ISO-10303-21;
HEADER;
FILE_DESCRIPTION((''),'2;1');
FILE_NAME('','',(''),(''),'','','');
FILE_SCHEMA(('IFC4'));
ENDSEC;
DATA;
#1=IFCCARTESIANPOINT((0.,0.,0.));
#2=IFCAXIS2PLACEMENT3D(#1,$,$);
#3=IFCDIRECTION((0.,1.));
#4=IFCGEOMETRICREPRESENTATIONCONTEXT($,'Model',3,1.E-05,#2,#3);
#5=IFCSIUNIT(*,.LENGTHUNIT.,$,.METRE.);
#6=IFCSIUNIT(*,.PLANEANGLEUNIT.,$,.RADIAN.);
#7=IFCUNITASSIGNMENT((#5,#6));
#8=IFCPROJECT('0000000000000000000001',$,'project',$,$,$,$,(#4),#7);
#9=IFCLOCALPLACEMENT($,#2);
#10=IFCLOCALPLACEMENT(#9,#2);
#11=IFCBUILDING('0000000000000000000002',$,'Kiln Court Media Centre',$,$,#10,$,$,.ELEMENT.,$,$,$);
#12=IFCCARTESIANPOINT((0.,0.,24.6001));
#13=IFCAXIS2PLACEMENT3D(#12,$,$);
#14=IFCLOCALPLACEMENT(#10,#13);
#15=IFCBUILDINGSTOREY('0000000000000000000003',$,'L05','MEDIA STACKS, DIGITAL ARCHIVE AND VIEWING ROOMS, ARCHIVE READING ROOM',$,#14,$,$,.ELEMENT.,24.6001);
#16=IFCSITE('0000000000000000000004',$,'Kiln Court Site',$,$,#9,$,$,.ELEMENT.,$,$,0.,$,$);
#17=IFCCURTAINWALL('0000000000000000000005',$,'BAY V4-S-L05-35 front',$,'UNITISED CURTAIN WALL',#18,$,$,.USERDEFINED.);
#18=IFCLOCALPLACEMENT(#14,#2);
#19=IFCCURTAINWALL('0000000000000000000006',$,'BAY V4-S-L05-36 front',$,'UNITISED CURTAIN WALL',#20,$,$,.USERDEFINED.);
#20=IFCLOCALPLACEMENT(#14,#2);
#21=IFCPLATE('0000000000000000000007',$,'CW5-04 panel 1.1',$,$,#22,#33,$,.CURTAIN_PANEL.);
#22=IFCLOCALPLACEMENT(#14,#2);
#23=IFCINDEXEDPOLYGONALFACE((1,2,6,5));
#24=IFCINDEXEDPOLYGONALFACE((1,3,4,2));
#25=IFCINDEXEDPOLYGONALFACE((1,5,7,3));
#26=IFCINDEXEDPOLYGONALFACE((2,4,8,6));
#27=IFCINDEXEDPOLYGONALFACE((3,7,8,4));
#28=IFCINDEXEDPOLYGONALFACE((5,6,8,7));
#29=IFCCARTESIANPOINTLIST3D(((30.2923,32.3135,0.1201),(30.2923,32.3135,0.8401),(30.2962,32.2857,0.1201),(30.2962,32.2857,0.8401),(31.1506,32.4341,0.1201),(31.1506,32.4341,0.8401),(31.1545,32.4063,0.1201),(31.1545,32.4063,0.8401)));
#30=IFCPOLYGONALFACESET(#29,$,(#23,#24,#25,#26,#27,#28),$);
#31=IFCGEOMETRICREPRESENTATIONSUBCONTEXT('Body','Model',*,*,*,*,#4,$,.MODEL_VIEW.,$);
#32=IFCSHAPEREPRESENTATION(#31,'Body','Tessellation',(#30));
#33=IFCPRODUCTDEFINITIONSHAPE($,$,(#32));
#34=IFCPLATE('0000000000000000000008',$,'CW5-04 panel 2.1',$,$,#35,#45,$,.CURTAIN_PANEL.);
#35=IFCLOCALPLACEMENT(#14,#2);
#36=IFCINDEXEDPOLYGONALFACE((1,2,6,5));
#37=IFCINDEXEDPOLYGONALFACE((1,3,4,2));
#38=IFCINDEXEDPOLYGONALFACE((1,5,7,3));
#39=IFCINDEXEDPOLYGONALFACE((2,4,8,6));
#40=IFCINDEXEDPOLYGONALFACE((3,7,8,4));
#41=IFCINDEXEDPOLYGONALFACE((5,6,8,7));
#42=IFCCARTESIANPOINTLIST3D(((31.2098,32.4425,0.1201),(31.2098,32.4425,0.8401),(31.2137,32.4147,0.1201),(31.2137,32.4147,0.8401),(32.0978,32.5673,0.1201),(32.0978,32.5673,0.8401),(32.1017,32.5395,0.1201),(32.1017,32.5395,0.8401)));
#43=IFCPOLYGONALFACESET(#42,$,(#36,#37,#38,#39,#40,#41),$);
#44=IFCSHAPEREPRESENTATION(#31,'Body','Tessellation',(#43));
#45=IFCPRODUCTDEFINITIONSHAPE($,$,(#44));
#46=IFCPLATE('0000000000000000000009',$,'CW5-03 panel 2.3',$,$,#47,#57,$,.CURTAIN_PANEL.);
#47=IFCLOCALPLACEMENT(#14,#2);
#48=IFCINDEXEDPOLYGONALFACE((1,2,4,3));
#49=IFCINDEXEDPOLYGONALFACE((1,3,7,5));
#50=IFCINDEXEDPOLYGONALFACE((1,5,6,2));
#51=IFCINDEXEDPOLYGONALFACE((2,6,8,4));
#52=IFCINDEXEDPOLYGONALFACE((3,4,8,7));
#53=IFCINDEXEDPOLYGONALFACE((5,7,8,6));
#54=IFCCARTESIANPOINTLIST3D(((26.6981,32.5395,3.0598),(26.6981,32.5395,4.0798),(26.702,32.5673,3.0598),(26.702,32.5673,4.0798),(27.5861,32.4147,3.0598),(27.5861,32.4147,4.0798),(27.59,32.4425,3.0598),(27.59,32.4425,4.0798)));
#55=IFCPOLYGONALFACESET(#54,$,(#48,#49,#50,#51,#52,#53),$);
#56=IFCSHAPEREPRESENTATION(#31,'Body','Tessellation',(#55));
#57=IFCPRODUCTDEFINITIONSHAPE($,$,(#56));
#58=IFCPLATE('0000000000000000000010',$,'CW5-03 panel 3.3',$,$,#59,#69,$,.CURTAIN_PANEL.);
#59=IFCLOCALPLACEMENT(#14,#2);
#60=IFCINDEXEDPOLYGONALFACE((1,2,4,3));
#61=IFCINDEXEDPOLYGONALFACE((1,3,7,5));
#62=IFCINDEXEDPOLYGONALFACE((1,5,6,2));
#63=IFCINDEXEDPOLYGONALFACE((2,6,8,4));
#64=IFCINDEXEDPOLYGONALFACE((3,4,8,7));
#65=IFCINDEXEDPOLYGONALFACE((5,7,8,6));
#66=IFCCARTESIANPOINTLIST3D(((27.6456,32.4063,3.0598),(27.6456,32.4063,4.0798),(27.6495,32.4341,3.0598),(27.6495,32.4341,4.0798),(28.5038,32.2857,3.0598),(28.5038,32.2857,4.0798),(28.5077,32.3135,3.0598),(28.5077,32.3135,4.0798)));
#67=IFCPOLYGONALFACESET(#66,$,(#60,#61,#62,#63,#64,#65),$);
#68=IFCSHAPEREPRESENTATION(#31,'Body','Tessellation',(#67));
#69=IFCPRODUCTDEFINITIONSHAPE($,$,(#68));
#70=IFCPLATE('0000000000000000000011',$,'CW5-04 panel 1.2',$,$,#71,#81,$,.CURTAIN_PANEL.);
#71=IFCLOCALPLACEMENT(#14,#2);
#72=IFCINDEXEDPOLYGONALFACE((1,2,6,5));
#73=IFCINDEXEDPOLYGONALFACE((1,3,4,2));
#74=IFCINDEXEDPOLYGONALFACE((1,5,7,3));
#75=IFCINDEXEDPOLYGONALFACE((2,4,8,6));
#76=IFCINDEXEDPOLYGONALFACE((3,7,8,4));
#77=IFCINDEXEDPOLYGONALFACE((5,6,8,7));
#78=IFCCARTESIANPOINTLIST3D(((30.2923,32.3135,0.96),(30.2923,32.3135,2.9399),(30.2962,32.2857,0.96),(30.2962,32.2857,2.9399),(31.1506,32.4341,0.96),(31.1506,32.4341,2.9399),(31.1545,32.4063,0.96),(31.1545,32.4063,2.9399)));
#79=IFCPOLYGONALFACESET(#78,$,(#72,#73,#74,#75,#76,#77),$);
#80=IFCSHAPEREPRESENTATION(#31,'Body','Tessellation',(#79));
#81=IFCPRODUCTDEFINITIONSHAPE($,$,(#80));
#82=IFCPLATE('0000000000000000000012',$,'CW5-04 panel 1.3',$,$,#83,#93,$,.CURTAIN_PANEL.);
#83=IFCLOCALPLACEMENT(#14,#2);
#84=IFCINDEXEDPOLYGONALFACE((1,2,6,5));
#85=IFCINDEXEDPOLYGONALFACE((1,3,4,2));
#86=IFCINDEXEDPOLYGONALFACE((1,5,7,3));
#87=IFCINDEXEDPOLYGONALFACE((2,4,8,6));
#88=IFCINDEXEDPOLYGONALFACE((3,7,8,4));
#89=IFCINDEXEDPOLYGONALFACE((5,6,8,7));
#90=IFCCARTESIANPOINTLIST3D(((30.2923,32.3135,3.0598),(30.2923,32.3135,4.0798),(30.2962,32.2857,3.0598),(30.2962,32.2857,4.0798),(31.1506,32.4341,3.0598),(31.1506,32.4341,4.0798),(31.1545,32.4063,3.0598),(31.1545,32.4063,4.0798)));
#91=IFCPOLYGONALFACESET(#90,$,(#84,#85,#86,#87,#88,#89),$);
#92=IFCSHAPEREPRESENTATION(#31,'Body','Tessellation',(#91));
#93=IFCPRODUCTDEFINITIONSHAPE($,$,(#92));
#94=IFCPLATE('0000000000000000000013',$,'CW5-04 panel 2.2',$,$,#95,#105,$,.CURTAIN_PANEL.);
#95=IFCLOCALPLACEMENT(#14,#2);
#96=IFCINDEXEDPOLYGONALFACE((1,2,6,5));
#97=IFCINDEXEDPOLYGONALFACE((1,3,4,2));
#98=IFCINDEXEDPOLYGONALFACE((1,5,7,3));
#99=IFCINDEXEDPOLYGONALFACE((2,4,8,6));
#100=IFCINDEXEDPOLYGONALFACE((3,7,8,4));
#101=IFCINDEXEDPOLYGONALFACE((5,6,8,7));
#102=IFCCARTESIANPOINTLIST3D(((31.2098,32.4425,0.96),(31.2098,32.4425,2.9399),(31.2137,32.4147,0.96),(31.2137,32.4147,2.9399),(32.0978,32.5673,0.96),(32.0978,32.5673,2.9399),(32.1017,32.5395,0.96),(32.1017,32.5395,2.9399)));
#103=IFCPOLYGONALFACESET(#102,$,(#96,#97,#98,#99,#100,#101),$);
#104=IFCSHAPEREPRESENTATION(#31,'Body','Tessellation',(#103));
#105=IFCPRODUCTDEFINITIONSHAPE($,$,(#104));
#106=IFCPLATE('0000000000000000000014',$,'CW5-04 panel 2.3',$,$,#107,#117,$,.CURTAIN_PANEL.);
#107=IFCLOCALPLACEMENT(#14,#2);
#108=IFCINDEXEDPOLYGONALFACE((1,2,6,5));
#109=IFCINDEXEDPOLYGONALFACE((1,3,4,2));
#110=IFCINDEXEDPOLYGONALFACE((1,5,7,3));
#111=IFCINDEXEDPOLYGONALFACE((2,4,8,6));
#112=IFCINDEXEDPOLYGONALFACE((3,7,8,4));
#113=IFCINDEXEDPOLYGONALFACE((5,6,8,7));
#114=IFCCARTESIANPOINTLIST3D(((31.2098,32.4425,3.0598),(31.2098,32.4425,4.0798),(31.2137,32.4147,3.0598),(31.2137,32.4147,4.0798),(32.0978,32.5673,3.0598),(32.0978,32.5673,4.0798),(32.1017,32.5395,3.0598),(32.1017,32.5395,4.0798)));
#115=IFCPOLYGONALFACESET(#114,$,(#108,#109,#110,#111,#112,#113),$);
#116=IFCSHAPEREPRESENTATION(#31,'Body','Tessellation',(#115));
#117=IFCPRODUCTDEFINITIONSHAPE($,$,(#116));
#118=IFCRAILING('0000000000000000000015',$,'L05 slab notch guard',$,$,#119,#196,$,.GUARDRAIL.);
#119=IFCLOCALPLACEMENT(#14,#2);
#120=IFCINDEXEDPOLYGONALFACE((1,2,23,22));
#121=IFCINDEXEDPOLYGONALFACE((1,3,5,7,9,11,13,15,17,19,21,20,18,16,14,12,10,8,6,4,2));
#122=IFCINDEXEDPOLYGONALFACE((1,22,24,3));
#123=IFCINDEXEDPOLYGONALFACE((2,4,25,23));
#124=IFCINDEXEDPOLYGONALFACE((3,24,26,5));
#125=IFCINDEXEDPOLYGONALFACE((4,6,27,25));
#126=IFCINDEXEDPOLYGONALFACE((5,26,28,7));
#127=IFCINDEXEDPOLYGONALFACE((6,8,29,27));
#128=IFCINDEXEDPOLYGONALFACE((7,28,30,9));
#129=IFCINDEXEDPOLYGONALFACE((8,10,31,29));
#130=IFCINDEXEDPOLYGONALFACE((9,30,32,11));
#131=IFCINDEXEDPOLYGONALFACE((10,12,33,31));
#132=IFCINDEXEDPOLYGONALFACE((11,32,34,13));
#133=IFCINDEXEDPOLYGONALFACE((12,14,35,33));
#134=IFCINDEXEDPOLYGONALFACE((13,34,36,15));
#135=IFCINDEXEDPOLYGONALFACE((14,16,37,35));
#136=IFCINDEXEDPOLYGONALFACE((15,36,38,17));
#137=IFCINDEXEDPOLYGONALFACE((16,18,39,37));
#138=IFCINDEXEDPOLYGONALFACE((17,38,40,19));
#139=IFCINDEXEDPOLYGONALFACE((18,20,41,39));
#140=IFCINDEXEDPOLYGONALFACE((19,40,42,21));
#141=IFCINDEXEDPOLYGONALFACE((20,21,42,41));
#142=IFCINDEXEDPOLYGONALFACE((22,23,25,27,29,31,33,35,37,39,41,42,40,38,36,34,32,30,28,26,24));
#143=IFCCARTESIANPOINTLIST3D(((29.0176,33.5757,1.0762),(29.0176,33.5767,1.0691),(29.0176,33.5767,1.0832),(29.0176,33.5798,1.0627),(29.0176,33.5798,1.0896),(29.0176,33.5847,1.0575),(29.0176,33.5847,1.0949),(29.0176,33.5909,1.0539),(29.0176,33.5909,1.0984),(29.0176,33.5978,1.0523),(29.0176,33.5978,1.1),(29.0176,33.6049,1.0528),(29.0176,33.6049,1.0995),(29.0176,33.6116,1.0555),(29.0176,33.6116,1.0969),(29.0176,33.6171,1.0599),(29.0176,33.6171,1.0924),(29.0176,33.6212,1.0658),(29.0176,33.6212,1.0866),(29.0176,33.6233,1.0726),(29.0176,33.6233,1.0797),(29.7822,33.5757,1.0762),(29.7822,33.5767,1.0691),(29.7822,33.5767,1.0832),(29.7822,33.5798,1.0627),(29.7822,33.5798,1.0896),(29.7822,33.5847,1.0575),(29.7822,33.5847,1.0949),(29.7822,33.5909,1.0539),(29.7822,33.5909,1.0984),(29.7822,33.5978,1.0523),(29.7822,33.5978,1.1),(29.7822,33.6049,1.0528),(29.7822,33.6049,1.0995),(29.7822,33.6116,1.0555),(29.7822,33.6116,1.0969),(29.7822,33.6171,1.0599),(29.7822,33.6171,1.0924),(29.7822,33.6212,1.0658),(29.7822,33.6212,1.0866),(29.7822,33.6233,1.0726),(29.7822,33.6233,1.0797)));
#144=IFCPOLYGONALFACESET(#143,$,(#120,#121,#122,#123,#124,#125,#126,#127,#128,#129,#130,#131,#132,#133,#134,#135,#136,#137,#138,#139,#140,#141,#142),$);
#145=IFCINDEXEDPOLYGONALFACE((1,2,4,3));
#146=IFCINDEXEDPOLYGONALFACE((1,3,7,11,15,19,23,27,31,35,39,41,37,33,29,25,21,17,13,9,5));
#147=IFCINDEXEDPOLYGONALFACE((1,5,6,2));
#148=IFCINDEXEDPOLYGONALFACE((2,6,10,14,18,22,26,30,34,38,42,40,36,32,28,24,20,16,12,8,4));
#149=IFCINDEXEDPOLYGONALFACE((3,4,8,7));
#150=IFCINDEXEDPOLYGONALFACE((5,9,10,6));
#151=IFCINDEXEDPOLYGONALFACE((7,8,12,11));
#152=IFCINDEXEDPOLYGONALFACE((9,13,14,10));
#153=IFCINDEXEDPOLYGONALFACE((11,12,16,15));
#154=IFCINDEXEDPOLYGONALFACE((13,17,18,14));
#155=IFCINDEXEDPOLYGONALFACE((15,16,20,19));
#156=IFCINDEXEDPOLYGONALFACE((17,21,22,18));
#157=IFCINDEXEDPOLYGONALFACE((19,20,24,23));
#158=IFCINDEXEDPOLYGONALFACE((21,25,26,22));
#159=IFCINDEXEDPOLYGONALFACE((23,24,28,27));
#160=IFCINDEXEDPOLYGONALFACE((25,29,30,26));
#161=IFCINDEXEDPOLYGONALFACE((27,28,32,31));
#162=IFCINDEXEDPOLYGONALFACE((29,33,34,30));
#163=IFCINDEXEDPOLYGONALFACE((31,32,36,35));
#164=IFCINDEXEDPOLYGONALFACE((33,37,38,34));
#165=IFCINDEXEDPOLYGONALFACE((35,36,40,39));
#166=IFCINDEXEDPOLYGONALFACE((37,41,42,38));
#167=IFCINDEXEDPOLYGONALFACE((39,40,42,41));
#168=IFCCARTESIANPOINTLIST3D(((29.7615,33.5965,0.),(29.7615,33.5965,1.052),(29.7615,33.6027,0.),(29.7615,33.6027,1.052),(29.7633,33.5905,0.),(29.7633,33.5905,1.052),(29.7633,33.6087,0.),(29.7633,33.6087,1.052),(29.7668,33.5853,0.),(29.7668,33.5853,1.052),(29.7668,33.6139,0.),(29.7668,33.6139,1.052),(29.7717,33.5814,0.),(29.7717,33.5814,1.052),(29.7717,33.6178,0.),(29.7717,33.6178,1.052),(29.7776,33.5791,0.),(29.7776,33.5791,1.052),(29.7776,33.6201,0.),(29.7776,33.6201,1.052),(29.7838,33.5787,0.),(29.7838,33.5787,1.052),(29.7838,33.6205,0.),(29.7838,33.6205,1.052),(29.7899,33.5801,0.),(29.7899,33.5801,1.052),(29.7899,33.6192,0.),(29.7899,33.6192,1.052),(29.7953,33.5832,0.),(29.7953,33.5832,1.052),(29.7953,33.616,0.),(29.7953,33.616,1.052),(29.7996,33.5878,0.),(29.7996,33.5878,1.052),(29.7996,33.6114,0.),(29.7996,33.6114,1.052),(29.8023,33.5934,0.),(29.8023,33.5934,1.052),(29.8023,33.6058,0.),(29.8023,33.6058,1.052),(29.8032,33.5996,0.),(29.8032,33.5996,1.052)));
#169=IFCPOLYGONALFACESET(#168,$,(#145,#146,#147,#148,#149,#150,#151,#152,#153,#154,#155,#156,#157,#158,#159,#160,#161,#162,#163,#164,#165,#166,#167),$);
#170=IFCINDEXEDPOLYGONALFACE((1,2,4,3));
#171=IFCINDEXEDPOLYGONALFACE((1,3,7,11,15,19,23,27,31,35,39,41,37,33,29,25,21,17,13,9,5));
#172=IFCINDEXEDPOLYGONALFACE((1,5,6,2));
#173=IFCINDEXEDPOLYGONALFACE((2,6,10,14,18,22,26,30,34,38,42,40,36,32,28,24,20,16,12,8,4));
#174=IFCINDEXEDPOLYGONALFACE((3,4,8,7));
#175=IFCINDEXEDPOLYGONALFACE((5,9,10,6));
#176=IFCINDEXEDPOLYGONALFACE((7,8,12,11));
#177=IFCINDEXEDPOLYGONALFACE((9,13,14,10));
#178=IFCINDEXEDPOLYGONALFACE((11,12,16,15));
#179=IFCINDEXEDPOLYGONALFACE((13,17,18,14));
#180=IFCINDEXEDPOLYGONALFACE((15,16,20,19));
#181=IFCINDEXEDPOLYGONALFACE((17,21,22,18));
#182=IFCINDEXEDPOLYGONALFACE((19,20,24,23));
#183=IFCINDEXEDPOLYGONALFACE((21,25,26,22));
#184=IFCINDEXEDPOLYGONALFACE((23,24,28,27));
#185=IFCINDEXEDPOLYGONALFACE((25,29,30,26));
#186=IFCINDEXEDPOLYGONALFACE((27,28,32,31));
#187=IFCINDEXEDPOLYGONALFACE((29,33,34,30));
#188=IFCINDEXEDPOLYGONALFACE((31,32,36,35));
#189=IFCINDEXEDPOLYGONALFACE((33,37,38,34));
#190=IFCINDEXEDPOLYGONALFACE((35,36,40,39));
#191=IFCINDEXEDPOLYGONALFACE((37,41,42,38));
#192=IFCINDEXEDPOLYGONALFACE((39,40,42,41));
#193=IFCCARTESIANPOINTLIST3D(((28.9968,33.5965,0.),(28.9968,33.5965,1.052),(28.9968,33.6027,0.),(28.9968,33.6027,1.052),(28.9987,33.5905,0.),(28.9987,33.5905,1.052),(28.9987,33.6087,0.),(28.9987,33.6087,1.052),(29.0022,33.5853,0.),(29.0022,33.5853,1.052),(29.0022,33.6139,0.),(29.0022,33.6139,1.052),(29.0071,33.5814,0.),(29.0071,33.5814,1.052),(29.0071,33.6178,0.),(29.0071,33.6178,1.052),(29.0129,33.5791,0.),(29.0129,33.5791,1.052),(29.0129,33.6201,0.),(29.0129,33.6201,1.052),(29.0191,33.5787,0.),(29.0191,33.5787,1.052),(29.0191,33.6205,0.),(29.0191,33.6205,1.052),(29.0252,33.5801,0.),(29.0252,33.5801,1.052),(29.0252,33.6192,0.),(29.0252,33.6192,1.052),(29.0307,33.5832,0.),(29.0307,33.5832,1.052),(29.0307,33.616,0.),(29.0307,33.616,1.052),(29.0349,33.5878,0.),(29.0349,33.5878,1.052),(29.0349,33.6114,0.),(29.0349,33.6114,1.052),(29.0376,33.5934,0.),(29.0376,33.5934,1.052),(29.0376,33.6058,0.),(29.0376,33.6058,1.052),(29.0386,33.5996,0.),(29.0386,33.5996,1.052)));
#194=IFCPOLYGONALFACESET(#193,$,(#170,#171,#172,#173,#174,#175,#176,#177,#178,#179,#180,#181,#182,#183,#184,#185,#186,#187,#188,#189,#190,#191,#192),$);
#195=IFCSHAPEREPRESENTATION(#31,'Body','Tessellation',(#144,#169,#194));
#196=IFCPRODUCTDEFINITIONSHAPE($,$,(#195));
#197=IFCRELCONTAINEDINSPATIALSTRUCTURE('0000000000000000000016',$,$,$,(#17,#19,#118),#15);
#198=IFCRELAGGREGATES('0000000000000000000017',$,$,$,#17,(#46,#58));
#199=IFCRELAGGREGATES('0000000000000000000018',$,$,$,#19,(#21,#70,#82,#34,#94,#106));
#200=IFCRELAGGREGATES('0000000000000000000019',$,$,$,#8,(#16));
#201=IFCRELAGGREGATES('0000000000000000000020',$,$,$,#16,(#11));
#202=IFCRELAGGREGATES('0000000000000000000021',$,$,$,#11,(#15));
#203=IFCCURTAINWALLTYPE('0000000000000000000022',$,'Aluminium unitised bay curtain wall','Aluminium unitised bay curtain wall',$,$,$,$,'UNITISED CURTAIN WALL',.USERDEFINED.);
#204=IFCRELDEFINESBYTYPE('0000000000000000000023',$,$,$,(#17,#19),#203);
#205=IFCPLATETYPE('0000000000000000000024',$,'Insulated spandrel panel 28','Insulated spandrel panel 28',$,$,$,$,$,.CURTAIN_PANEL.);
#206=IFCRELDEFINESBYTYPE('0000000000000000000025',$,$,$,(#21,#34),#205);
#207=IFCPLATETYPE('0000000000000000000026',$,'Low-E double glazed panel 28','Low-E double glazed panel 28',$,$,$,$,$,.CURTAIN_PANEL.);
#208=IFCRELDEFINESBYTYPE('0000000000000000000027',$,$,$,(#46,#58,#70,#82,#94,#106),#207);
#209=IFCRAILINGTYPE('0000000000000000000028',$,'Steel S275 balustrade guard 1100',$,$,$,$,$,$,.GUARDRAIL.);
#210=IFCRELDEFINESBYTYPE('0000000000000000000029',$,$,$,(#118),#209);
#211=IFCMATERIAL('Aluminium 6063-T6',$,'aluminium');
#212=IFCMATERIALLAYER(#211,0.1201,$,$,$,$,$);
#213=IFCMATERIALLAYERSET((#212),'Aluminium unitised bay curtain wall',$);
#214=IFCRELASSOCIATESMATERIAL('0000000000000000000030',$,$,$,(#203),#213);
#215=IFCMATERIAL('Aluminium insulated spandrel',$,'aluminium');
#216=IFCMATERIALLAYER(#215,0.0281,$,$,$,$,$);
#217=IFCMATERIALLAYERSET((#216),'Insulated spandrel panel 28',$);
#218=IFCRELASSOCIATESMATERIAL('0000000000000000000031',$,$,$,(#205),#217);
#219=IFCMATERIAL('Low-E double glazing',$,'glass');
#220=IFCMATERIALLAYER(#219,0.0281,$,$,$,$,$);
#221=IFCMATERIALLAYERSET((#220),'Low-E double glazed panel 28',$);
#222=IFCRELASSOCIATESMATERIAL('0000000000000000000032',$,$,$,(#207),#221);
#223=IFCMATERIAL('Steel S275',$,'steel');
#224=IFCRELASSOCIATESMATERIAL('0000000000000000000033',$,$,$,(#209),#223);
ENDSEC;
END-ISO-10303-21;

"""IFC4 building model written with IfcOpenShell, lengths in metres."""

from ifc_helpers import new_model, si_unit, direction, frame, origin, origin_2d, place, context, subcontext, project, spatial, rectangle, circle, extrude, material, layer, layer_set, type_object, element, aggregate, save


model = new_model("IFC4")

# Units and contexts
model_context = context("Model", 3, precision=1e-05, world=origin(), true_north=direction((0.0, 1.0)))
body_context = subcontext(model_context, "Body", "Model", "MODEL_VIEW")
ifc_project = project(units=[si_unit("LENGTHUNIT", "METRE"), si_unit("PLANEANGLEUNIT", "RADIAN")], contexts=[model_context])

# Site, building, storey
site_placement = place(None, origin())
site = spatial("IfcSite", under=ifc_project, at=site_placement, Name="Kiln Court Site", CompositionType="ELEMENT", RefElevation=0.0)
building_placement = place(site_placement, origin())
building = spatial("IfcBuilding", under=site, at=building_placement, Name="Kiln Court Media Centre", CompositionType="ELEMENT")
storey_placement = place(building_placement, frame((0.0, 0.0, 24.6001)))
storey = spatial("IfcBuildingStorey", under=building, at=storey_placement, Name="L05", Description="MEDIA STACKS, DIGITAL ARCHIVE AND VIEWING ROOMS, ARCHIVE READING ROOM", CompositionType="ELEMENT", Elevation=24.6001)

# Curtain wall
ifc_material_1 = material(Name="Aluminium 6063-T6", Category="aluminium")
ifc_layer_1 = layer(ifc_material_1, 0.1201)
ifc_layer_set_1 = layer_set([ifc_layer_1], Name="Aluminium unitised bay curtain wall")
curtain_wall_type = type_object("IfcCurtainWallType", Name="Aluminium unitised bay curtain wall", Description="Aluminium unitised bay curtain wall", ElementType="UNITISED CURTAIN WALL", PredefinedType="USERDEFINED", material=ifc_layer_set_1)
curtain_wall_1_placement = place(storey_placement, origin())
curtain_wall_1 = element("IfcCurtainWall", 1, at=curtain_wall_1_placement, inside=storey, type_object=curtain_wall_type, Name="BAY V4-S-L05-35 front", ObjectType="UNITISED CURTAIN WALL", PredefinedType="USERDEFINED")

# Curtain wall
curtain_wall_2_placement = place(storey_placement, origin())
curtain_wall_2 = element("IfcCurtainWall", 2, at=curtain_wall_2_placement, inside=storey, type_object=curtain_wall_type, Name="BAY V4-S-L05-36 front", ObjectType="UNITISED CURTAIN WALL", PredefinedType="USERDEFINED")

# Plates
ifc_material_2 = material(Name="Aluminium insulated spandrel", Category="aluminium")
ifc_layer_2 = layer(ifc_material_2, 0.0281)
ifc_layer_set_2 = layer_set([ifc_layer_2], Name="Insulated spandrel panel 28")
plate_type_1 = type_object("IfcPlateType", Name="Insulated spandrel panel 28", Description="Insulated spandrel panel 28", PredefinedType="CURTAIN_PANEL", material=ifc_layer_set_2)
plate_1_placement = place(storey_placement, frame((30.7234, 32.3599, 0.1201), z_axis=(0.0, 0.0, 1.0), x_axis=(0.99027, 0.139162, 0.0)))
plate_1 = element("IfcPlate", 3, at=plate_1_placement, type_object=plate_type_1, Name="CW5-04 panel 1.1", PredefinedType="CURTAIN_PANEL", context=body_context, shape_type="SweptSolid", body=[
    extrude(rectangle(XDim=0.8667, YDim=0.0281, at=origin_2d()), origin(), (0.0, 0.0, 1.0), 0.72),
])
plate_2_placement = place(storey_placement, frame((31.6558, 32.491, 0.1201), z_axis=(0.0, 0.0, 1.0), x_axis=(0.99027, 0.139162, 0.0)))
plate_2 = element("IfcPlate", 4, at=plate_2_placement, type_object=plate_type_1, Name="CW5-04 panel 2.1", PredefinedType="CURTAIN_PANEL", context=body_context, shape_type="SweptSolid", body=[
    extrude(rectangle(XDim=0.8967, YDim=0.0281, at=origin_2d()), origin(), (0.0, 0.0, 1.0), 0.72),
])
ifc_material_3 = material(Name="Low-E double glazing", Category="glass")
ifc_layer_3 = layer(ifc_material_3, 0.0281)
ifc_layer_set_3 = layer_set([ifc_layer_3], Name="Low-E double glazed panel 28")
plate_type_2 = type_object("IfcPlateType", Name="Low-E double glazed panel 28", Description="Low-E double glazed panel 28", PredefinedType="CURTAIN_PANEL", material=ifc_layer_set_3)
plate_3_placement = place(storey_placement, frame((27.144, 32.491, 3.0598), z_axis=(0.0, 0.0, 1.0), x_axis=(0.99027, -0.139162, 0.0)))
plate_3 = element("IfcPlate", 5, at=plate_3_placement, type_object=plate_type_2, Name="CW5-03 panel 2.3", PredefinedType="CURTAIN_PANEL", context=body_context, shape_type="SweptSolid", body=[
    extrude(rectangle(XDim=0.8967, YDim=0.0281, at=origin_2d()), origin(), (0.0, 0.0, 1.0), 1.02),
])
plate_4_placement = place(storey_placement, frame((28.0767, 32.3599, 3.0598), z_axis=(0.0, 0.0, 1.0), x_axis=(0.99027, -0.139162, 0.0)))
plate_4 = element("IfcPlate", 6, at=plate_4_placement, type_object=plate_type_2, Name="CW5-03 panel 3.3", PredefinedType="CURTAIN_PANEL", context=body_context, shape_type="SweptSolid", body=[
    extrude(rectangle(XDim=0.8667, YDim=0.0281, at=origin_2d()), origin(), (0.0, 0.0, 1.0), 1.02),
])
aggregate(curtain_wall_1, [plate_3, plate_4])
plate_5_placement = place(storey_placement, frame((30.7234, 32.3599, 0.96), z_axis=(0.0, 0.0, 1.0), x_axis=(0.99027, 0.139162, 0.0)))
plate_5 = element("IfcPlate", 7, at=plate_5_placement, type_object=plate_type_2, Name="CW5-04 panel 1.2", PredefinedType="CURTAIN_PANEL", context=body_context, shape_type="SweptSolid", body=[
    extrude(rectangle(XDim=0.8667, YDim=0.0281, at=origin_2d()), origin(), (0.0, 0.0, 1.0), 1.98),
])
plate_6_placement = place(storey_placement, frame((30.7234, 32.3599, 3.0598), z_axis=(0.0, 0.0, 1.0), x_axis=(0.99027, 0.139162, 0.0)))
plate_6 = element("IfcPlate", 8, at=plate_6_placement, type_object=plate_type_2, Name="CW5-04 panel 1.3", PredefinedType="CURTAIN_PANEL", context=body_context, shape_type="SweptSolid", body=[
    extrude(rectangle(XDim=0.8667, YDim=0.0281, at=origin_2d()), origin(), (0.0, 0.0, 1.0), 1.02),
])
plate_7_placement = place(storey_placement, frame((31.6558, 32.491, 0.96), z_axis=(0.0, 0.0, 1.0), x_axis=(0.99027, 0.139162, 0.0)))
plate_7 = element("IfcPlate", 9, at=plate_7_placement, type_object=plate_type_2, Name="CW5-04 panel 2.2", PredefinedType="CURTAIN_PANEL", context=body_context, shape_type="SweptSolid", body=[
    extrude(rectangle(XDim=0.8967, YDim=0.0281, at=origin_2d()), origin(), (0.0, 0.0, 1.0), 1.98),
])
plate_8_placement = place(storey_placement, frame((31.6558, 32.491, 3.0598), z_axis=(0.0, 0.0, 1.0), x_axis=(0.99027, 0.139162, 0.0)))
plate_8 = element("IfcPlate", 10, at=plate_8_placement, type_object=plate_type_2, Name="CW5-04 panel 2.3", PredefinedType="CURTAIN_PANEL", context=body_context, shape_type="SweptSolid", body=[
    extrude(rectangle(XDim=0.8967, YDim=0.0281, at=origin_2d()), origin(), (0.0, 0.0, 1.0), 1.02),
])
aggregate(curtain_wall_2, [plate_1, plate_5, plate_6, plate_2, plate_7, plate_8])

# Railing
ifc_material_4 = material(Name="Steel S275", Category="steel")
railing_type = type_object("IfcRailingType", Name="Steel S275 balustrade guard 1100", PredefinedType="GUARDRAIL", material=ifc_material_4)
railing_placement = place(storey_placement, frame((29.7822, 33.5996, 0.0)))
element("IfcRailing", 11, at=railing_placement, inside=storey, type_object=railing_type, Name="L05 slab notch guard", PredefinedType="GUARDRAIL", context=body_context, shape_type="SweptSolid", body=[
    extrude(circle(Radius=0.0239, at=origin_2d()), frame((0.0, 0.0, 1.0762), z_axis=(-1.0, 0.0, 0.0), x_axis=(0.0, -1.0, 0.0)), (0.0, 0.0, 1.0), 0.7646),
    extrude(circle(Radius=0.021, at=origin_2d()), origin(), (0.0, 0.0, 1.0), 1.052),
    extrude(circle(Radius=0.021, at=origin_2d()), frame((-0.7646, 0.0, 0.0)), (0.0, 0.0, 1.0), 1.052),
])

save(model, "model.ifc")
